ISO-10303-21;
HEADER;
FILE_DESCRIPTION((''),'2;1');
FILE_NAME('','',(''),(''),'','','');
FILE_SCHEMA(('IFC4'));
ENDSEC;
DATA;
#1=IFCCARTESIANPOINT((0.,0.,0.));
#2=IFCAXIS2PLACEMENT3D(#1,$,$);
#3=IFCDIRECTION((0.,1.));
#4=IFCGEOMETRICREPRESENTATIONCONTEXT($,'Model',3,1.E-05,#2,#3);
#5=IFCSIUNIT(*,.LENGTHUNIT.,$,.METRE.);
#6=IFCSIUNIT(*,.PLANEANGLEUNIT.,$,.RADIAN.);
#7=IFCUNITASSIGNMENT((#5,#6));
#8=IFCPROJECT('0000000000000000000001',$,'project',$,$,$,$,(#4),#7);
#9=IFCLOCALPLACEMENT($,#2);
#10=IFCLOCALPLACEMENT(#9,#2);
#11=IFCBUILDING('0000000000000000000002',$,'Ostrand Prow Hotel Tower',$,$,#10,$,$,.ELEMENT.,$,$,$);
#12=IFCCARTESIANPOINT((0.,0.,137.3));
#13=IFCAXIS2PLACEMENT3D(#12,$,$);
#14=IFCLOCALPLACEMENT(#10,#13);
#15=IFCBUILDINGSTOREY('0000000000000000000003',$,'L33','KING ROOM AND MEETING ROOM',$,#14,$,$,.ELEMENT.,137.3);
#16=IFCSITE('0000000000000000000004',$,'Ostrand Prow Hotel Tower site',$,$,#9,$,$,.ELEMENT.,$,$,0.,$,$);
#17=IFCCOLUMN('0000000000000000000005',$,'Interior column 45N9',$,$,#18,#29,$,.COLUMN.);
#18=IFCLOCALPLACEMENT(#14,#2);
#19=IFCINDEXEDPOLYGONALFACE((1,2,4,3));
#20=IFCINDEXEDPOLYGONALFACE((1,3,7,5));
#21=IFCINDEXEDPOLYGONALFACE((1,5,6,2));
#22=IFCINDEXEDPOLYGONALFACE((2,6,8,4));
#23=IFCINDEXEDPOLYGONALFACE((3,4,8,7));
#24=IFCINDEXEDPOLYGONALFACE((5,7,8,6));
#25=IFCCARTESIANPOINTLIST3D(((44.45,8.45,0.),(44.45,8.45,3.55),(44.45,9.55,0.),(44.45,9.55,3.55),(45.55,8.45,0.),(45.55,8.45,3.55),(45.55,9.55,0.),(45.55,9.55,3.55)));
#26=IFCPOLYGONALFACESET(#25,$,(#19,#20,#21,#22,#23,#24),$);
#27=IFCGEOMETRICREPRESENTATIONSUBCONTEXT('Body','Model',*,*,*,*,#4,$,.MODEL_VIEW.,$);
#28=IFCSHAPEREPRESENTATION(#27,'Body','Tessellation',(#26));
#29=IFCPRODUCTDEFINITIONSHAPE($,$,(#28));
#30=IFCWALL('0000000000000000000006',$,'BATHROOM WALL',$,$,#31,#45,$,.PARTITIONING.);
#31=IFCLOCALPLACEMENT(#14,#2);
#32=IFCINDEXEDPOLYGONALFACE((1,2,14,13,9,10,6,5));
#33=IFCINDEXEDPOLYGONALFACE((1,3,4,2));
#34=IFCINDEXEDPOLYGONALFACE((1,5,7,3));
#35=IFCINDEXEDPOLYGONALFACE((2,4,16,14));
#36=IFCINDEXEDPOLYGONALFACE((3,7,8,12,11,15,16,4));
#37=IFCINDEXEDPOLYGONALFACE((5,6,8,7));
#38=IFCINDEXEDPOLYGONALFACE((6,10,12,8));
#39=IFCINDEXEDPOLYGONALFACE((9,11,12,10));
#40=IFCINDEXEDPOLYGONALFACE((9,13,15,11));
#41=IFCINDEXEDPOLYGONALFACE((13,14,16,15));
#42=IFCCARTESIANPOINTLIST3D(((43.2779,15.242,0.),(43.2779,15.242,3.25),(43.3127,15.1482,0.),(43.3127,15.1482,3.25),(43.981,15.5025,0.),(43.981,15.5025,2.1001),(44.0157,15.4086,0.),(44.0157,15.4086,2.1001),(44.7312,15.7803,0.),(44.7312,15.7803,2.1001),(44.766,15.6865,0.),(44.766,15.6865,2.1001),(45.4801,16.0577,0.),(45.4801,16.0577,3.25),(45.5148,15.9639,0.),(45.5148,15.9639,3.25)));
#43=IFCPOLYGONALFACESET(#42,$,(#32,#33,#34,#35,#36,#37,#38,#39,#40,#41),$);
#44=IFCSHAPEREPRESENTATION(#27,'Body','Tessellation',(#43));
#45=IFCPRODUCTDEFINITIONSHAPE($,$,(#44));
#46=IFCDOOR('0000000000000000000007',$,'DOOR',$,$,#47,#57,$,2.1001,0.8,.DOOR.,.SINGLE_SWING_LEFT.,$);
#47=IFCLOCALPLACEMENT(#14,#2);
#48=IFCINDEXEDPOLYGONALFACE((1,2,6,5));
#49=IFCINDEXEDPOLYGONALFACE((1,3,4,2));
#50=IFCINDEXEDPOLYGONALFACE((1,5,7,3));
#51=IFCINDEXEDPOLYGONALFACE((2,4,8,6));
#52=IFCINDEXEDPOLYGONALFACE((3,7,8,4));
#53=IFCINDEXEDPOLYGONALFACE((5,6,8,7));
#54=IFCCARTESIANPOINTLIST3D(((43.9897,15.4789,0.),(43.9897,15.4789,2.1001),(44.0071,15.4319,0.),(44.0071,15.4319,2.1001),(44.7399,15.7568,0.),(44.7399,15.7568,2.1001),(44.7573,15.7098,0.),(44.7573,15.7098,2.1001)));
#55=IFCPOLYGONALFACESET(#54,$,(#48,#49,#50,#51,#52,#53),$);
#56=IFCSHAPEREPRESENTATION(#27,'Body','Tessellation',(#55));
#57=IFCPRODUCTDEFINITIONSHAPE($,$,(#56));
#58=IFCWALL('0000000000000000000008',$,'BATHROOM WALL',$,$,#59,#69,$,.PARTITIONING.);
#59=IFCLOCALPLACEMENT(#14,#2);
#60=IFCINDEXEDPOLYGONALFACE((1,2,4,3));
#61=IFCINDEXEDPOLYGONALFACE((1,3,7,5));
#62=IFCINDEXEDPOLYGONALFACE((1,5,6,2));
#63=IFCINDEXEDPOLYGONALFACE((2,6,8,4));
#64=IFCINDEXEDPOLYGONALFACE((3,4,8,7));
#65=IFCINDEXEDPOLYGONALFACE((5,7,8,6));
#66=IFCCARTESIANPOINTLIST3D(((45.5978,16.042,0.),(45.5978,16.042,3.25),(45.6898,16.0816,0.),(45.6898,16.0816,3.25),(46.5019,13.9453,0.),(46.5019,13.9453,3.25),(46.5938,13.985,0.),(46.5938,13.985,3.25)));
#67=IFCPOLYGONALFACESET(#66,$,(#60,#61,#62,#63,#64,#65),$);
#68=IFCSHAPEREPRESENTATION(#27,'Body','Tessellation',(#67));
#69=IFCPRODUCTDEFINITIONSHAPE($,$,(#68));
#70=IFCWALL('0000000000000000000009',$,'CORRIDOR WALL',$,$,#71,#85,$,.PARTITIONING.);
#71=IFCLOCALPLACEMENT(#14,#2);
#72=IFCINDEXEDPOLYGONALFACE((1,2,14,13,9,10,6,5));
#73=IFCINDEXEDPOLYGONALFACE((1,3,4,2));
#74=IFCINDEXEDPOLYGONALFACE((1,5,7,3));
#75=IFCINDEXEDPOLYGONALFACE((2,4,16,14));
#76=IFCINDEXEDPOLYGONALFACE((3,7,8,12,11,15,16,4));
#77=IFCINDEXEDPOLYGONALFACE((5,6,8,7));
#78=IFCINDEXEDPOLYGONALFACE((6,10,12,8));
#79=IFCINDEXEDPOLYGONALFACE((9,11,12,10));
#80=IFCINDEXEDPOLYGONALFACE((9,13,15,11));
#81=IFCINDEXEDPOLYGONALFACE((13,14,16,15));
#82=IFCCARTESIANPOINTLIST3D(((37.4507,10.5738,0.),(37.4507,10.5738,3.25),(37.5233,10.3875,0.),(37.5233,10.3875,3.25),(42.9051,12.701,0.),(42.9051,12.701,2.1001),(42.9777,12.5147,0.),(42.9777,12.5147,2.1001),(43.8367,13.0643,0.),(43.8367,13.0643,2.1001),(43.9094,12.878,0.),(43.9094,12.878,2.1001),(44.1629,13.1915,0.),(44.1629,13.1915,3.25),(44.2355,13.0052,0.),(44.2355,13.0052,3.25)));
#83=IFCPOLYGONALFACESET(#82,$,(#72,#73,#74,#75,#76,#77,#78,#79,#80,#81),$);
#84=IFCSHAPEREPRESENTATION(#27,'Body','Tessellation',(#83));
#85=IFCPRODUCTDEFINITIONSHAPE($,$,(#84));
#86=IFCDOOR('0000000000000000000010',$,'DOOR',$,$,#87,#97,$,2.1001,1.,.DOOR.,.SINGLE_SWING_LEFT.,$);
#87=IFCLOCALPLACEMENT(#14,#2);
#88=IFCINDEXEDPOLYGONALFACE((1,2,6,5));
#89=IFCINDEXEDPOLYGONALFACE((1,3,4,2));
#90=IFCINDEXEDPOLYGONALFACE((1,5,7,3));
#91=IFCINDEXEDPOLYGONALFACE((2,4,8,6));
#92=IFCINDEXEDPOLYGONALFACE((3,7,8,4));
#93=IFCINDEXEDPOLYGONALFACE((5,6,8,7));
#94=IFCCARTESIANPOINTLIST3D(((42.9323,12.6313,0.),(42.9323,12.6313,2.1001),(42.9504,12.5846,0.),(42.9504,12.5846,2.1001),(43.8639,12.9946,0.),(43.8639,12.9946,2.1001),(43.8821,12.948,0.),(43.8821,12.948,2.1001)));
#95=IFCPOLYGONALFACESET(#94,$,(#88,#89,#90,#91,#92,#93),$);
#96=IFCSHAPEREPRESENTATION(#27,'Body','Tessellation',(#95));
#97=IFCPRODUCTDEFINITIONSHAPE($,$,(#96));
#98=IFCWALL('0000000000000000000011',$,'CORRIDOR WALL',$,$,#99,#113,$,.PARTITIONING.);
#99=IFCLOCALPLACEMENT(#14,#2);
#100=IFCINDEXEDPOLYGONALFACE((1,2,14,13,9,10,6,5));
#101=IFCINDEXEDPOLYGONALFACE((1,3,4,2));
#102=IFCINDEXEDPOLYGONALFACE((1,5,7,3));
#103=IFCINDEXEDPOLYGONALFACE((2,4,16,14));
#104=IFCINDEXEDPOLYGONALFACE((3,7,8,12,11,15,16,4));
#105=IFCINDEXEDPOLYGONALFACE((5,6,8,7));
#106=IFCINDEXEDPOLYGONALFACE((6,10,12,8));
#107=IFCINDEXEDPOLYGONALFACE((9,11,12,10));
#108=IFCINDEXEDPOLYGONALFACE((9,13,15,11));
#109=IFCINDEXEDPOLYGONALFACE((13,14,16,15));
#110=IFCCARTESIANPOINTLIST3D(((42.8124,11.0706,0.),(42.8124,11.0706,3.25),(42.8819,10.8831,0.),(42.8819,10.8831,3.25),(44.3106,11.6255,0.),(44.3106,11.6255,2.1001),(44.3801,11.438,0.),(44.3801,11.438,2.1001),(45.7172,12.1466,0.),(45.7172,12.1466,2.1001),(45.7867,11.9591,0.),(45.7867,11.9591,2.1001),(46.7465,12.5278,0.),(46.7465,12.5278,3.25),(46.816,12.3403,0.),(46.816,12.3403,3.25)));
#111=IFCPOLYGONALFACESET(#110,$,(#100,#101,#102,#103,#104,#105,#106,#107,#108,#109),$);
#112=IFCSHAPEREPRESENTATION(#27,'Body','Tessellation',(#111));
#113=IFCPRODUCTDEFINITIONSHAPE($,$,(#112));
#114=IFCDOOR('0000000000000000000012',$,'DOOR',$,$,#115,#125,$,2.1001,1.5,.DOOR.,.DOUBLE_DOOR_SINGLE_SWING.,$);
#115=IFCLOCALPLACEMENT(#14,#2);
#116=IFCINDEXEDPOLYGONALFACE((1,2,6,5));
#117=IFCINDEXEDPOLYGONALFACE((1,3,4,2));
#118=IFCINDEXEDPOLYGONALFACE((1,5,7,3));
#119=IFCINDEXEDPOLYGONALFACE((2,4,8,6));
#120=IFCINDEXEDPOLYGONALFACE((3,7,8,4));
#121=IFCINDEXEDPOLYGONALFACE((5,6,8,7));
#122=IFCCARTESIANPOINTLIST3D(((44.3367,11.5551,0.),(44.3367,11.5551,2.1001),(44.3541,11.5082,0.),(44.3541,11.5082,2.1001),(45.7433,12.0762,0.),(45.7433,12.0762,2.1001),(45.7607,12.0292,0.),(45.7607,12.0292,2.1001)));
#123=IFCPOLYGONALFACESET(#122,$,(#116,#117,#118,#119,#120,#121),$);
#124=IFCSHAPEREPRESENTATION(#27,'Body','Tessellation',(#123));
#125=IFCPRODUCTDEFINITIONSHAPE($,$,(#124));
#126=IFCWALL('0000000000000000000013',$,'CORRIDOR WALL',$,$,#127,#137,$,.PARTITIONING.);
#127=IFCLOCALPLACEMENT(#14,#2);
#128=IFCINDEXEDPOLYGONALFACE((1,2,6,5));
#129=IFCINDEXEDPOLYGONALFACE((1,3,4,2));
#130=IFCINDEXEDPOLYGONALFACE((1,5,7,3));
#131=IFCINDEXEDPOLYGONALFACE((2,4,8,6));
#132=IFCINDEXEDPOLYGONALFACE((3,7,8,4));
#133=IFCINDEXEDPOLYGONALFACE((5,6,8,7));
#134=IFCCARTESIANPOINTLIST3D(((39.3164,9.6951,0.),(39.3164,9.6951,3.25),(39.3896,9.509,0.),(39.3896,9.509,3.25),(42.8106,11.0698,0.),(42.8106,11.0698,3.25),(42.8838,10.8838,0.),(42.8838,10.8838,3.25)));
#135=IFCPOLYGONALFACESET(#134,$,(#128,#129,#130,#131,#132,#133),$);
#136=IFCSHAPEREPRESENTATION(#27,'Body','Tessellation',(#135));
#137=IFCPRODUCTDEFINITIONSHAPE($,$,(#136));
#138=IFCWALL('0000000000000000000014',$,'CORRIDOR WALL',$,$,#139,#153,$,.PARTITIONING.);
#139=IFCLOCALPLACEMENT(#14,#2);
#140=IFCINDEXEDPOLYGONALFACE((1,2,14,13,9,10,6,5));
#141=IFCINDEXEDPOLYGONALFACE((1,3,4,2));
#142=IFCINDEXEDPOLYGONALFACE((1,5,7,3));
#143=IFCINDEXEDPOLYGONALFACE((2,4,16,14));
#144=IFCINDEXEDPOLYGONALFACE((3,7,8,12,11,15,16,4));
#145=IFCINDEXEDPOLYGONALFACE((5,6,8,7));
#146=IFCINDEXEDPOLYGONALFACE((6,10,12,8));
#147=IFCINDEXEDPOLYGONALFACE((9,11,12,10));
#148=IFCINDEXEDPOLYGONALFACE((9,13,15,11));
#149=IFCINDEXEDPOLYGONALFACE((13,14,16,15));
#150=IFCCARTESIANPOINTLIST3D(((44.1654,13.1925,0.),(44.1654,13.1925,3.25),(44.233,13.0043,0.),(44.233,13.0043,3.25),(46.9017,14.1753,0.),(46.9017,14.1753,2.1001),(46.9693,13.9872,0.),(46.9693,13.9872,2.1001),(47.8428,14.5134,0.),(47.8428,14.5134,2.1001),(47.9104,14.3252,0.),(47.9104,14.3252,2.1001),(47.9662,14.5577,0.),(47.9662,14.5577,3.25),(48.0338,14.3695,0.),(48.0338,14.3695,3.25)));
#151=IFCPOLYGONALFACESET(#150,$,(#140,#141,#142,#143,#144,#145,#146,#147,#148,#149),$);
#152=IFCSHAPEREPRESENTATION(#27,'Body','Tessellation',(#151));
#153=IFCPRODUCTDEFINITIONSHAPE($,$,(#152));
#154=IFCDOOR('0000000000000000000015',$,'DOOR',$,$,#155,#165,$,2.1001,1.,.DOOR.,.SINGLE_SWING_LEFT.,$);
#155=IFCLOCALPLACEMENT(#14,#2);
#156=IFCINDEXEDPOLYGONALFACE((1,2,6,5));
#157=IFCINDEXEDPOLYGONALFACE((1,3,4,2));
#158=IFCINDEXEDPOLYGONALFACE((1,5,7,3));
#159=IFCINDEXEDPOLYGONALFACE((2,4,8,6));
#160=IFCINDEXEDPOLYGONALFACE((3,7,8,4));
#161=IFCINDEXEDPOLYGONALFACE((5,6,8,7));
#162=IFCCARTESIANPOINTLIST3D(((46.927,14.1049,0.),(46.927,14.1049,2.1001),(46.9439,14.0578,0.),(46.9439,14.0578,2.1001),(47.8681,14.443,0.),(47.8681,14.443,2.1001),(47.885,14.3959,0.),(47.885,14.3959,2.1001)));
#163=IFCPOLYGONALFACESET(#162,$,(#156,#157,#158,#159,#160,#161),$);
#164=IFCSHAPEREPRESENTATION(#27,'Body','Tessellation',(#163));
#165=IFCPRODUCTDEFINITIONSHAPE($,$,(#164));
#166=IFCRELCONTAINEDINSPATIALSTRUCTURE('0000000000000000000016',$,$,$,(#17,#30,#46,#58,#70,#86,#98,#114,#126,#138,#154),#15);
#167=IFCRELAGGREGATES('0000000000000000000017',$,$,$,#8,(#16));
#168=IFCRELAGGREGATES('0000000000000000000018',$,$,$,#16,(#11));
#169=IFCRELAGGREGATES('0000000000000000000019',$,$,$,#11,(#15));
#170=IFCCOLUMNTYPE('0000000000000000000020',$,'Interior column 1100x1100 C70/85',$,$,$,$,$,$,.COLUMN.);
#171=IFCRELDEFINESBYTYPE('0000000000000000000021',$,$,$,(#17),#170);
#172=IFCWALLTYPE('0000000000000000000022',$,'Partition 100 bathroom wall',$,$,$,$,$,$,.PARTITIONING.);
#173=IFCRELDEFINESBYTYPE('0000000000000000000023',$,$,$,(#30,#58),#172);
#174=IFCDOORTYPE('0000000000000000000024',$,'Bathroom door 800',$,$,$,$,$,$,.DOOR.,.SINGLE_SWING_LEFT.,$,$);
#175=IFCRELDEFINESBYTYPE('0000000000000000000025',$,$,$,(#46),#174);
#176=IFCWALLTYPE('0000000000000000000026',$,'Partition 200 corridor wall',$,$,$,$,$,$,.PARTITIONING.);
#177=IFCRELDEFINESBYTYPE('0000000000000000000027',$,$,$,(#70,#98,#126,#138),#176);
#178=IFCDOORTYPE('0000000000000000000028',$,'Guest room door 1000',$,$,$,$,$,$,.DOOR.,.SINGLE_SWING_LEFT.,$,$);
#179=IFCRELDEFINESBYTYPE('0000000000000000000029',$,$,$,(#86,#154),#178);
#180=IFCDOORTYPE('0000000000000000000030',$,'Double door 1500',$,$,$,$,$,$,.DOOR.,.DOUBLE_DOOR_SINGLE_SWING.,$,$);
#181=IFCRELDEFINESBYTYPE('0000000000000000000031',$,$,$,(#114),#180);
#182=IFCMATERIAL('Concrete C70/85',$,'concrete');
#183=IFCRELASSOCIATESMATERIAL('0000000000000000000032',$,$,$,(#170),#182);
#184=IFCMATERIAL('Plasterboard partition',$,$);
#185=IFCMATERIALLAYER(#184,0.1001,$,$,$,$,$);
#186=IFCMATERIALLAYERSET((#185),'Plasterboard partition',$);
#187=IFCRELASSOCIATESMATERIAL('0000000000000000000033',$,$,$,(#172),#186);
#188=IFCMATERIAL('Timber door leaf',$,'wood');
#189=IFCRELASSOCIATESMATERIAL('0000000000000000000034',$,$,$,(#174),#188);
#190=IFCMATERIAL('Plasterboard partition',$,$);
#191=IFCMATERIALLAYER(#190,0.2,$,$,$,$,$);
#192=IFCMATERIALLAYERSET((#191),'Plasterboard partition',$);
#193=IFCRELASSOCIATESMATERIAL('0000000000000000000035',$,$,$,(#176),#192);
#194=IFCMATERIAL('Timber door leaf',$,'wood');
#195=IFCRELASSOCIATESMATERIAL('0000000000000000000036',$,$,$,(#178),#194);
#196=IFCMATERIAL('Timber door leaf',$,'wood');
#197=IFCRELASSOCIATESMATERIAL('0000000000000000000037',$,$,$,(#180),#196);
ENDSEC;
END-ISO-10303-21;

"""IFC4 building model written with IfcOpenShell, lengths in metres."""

from ifc_helpers import new_model, si_unit, direction, frame, frame_2d, origin, origin_2d, place, context, subcontext, project, spatial, rectangle, extrude, material, layer, layer_set, material_profile, profile_set, type_object, element, fill, save


model = new_model("IFC4")

# Units and contexts
model_context = context("Model", 3, precision=1e-05, world=origin(), true_north=direction((0.0, 1.0)))
body_context = subcontext(model_context, "Body", "Model", "MODEL_VIEW")
ifc_project = project(units=[si_unit("LENGTHUNIT", "METRE"), si_unit("PLANEANGLEUNIT", "RADIAN")], contexts=[model_context])

# Site, building, storey
site_placement = place(None, origin())
site = spatial("IfcSite", under=ifc_project, at=site_placement, Name="Ostrand Prow Hotel Tower site", CompositionType="ELEMENT", RefElevation=0.0)
building_placement = place(site_placement, origin())
building = spatial("IfcBuilding", under=site, at=building_placement, Name="Ostrand Prow Hotel Tower", CompositionType="ELEMENT")
storey_placement = place(building_placement, frame((0.0, 0.0, 137.3)))
storey = spatial("IfcBuildingStorey", under=building, at=storey_placement, Name="L33", Description="KING ROOM AND MEETING ROOM", CompositionType="ELEMENT", Elevation=137.3)

# Column
ifc_material_1 = material(Name="Concrete C70/85", Category="concrete")
ifc_material_profile = material_profile(ifc_material_1, rectangle(XDim=1.1001, YDim=1.1001, at=origin_2d()), Name="RC 1100x1100")
ifc_profile_set = profile_set([ifc_material_profile], Name="Concrete C70/85")
column_type = type_object("IfcColumnType", Name="Interior column 1100x1100 C70/85", PredefinedType="COLUMN", material=ifc_profile_set)
column_placement = place(storey_placement, frame((45.0, 9.0, 0.0), z_axis=(0.0, 0.0, 1.0), x_axis=(1.0, 0.0, 0.0)))
element("IfcColumn", 1, at=column_placement, inside=storey, type_object=column_type, Name="Interior column 45N9", PredefinedType="COLUMN", context=body_context, shape_type="SweptSolid", body=[
    extrude(rectangle(XDim=1.1001, YDim=1.1001, at=origin_2d()), origin(), (0.0, 0.0, 1.0), 3.55),
])

# Wall, opening, door
ifc_material_2 = material(Name="Plasterboard partition")
ifc_layer_1 = layer(ifc_material_2, 0.1001)
ifc_layer_set_1 = layer_set([ifc_layer_1], Name="Plasterboard partition")
wall_type_1 = type_object("IfcWallType", Name="Partition 100 bathroom wall", PredefinedType="PARTITIONING", material=ifc_layer_set_1)
wall_1_placement = place(storey_placement, frame((43.2952, 15.1951, 0.0), z_axis=(0.0, 0.0, 1.0), x_axis=(0.93774, 0.347338, 0.0)))
wall_1 = element("IfcWall", 2, at=wall_1_placement, inside=storey, type_object=wall_type_1, Name="BATHROOM WALL", PredefinedType="PARTITIONING", context=body_context, shape_type="SweptSolid", body=[
    extrude(rectangle(XDim=2.3484, YDim=0.1001, at=frame_2d((1.1743, 0.0))), origin(), (0.0, 0.0, 1.0), 3.25),
])
opening_1_placement = place(wall_1_placement, frame((0.75, 0.0, 0.0)))
opening_1 = element("IfcOpeningElement", 3, at=opening_1_placement, cuts=wall_1, PredefinedType="OPENING", context=body_context, shape_type="SweptSolid", body=[
    extrude(rectangle(XDim=0.8, YDim=2.1001, at=frame_2d((0.3999, 1.05))), frame((0.0, 0.0601, 0.0), z_axis=(0.0, -1.0, 0.0), x_axis=(1.0, 0.0, 0.0)), (0.0, 0.0, 1.0), 0.1201),
])
ifc_material_3 = material(Name="Timber door leaf", Category="wood")
door_type_1 = type_object("IfcDoorType", Name="Bathroom door 800", OperationType="SINGLE_SWING_LEFT", PredefinedType="DOOR", material=ifc_material_3)
door_1_placement = place(opening_1_placement, origin())
door_1 = element("IfcDoor", 4, at=door_1_placement, inside=storey, type_object=door_type_1, Name="DOOR", OperationType="SINGLE_SWING_LEFT", OverallHeight=2.1001, OverallWidth=0.8, PredefinedType="DOOR", context=body_context, shape_type="SweptSolid", body=[
    extrude(rectangle(XDim=0.8, YDim=2.1001, at=frame_2d((0.3999, 1.05))), frame((0.0, 0.0249, 0.0), z_axis=(0.0, -1.0, 0.0), x_axis=(1.0, 0.0, 0.0)), (0.0, 0.0, 1.0), 0.05),
])
fill(opening_1, door_1)

# Wall
wall_2_placement = place(storey_placement, frame((45.6438, 16.0618, 0.0), z_axis=(0.0, 0.0, 1.0), x_axis=(0.395944, -0.918274, 0.0)))
element("IfcWall", 5, at=wall_2_placement, inside=storey, type_object=wall_type_1, Name="BATHROOM WALL", PredefinedType="PARTITIONING", context=body_context, shape_type="SweptSolid", body=[
    extrude(rectangle(XDim=2.2832, YDim=0.1001, at=frame_2d((1.1416, 0.0))), origin(), (0.0, 0.0, 1.0), 3.25),
])

# Walls, openings, doors
ifc_material_4 = material(Name="Plasterboard partition")
ifc_layer_2 = layer(ifc_material_4, 0.2)
ifc_layer_set_2 = layer_set([ifc_layer_2], Name="Plasterboard partition")
wall_type_2 = type_object("IfcWallType", Name="Partition 200 corridor wall", PredefinedType="PARTITIONING", material=ifc_layer_set_2)
wall_3_placement = place(storey_placement, frame((44.1992, 13.0984, 0.0), z_axis=(0.0, 0.0, 1.0), x_axis=(-0.931658, -0.363337, 0.0)))
wall_3 = element("IfcWall", 6, at=wall_3_placement, inside=storey, type_object=wall_type_2, Name="CORRIDOR WALL", PredefinedType="PARTITIONING", context=body_context, shape_type="SweptSolid", body=[
    extrude(rectangle(XDim=7.2046, YDim=0.2, at=frame_2d((3.6023, 0.0))), origin(), (0.0, 0.0, 1.0), 3.25),
])
opening_2_placement = place(wall_3_placement, frame((0.3501, 0.0, 0.0)))
opening_2 = element("IfcOpeningElement", 7, at=opening_2_placement, cuts=wall_3, PredefinedType="OPENING", context=body_context, shape_type="SweptSolid", body=[
    extrude(rectangle(XDim=1.0, YDim=2.1001, at=frame_2d((0.5, 1.05))), frame((0.0, 0.1099, 0.0), z_axis=(0.0, -1.0, 0.0), x_axis=(1.0, 0.0, 0.0)), (0.0, 0.0, 1.0), 0.22),
])
ifc_material_5 = material(Name="Timber door leaf", Category="wood")
door_type_2 = type_object("IfcDoorType", Name="Guest room door 1000", OperationType="SINGLE_SWING_LEFT", PredefinedType="DOOR", material=ifc_material_5)
door_2_placement = place(opening_2_placement, origin())
door_2 = element("IfcDoor", 8, at=door_2_placement, inside=storey, type_object=door_type_2, Name="DOOR", OperationType="SINGLE_SWING_LEFT", OverallHeight=2.1001, OverallWidth=1.0, PredefinedType="DOOR", context=body_context, shape_type="SweptSolid", body=[
    extrude(rectangle(XDim=1.0, YDim=2.1001, at=frame_2d((0.5, 1.05))), frame((0.0, 0.0249, 0.0), z_axis=(0.0, -1.0, 0.0), x_axis=(1.0, 0.0, 0.0)), (0.0, 0.0, 1.0), 0.05),
])
fill(opening_2, door_2)
wall_4_placement = place(storey_placement, frame((42.8472, 10.9768, 0.0), z_axis=(0.0, 0.0, 1.0), x_axis=(0.937733, 0.347358, 0.0)))
wall_4 = element("IfcWall", 9, at=wall_4_placement, inside=storey, type_object=wall_type_2, Name="CORRIDOR WALL", PredefinedType="PARTITIONING", context=body_context, shape_type="SweptSolid", body=[
    extrude(rectangle(XDim=4.1953, YDim=0.2, at=frame_2d((2.0977, 0.0))), origin(), (0.0, 0.0, 1.0), 3.25),
])
opening_3_placement = place(wall_4_placement, frame((1.5977, 0.0, 0.0)))
opening_3 = element("IfcOpeningElement", 10, at=opening_3_placement, cuts=wall_4, PredefinedType="OPENING", context=body_context, shape_type="SweptSolid", body=[
    extrude(rectangle(XDim=1.5, YDim=2.1001, at=frame_2d((0.75, 1.05))), frame((0.0, 0.1099, 0.0), z_axis=(0.0, -1.0, 0.0), x_axis=(1.0, 0.0, 0.0)), (0.0, 0.0, 1.0), 0.22),
])
ifc_material_6 = material(Name="Timber door leaf", Category="wood")
door_type_3 = type_object("IfcDoorType", Name="Double door 1500", OperationType="DOUBLE_DOOR_SINGLE_SWING", PredefinedType="DOOR", material=ifc_material_6)
door_3_placement = place(opening_3_placement, origin())
door_3 = element("IfcDoor", 11, at=door_3_placement, inside=storey, type_object=door_type_3, Name="DOOR", OperationType="DOUBLE_DOOR_SINGLE_SWING", OverallHeight=2.1001, OverallWidth=1.5, PredefinedType="DOOR", context=body_context, shape_type="SweptSolid", body=[
    extrude(rectangle(XDim=1.5, YDim=2.1001, at=frame_2d((0.75, 1.05))), frame((0.0, 0.0249, 0.0), z_axis=(0.0, -1.0, 0.0), x_axis=(1.0, 0.0, 0.0)), (0.0, 0.0, 1.0), 0.05),
])
fill(opening_3, door_3)

# Wall
wall_5_placement = place(storey_placement, frame((39.353, 9.6021, 0.0), z_axis=(0.0, 0.0, 1.0), x_axis=(0.930565, 0.366127, 0.0)))
element("IfcWall", 12, at=wall_5_placement, inside=storey, type_object=wall_type_2, Name="CORRIDOR WALL", PredefinedType="PARTITIONING", context=body_context, shape_type="SweptSolid", body=[
    extrude(rectangle(XDim=3.7549, YDim=0.2, at=frame_2d((1.8774, 0.0))), origin(), (0.0, 0.0, 1.0), 3.25),
])

# Wall, opening, door
wall_6_placement = place(storey_placement, frame((48.0, 14.4636, 0.0), z_axis=(0.0, 0.0, 1.0), x_axis=(-0.941128, -0.338051, 0.0)))
wall_6 = element("IfcWall", 13, at=wall_6_placement, inside=storey, type_object=wall_type_2, Name="CORRIDOR WALL", PredefinedType="PARTITIONING", context=body_context, shape_type="SweptSolid", body=[
    extrude(rectangle(XDim=4.0386, YDim=0.2, at=frame_2d((2.0193, 0.0))), origin(), (0.0, 0.0, 1.0), 3.25),
])
opening_4_placement = place(wall_6_placement, frame((0.1311, 0.0, 0.0)))
opening_4 = element("IfcOpeningElement", 14, at=opening_4_placement, cuts=wall_6, PredefinedType="OPENING", context=body_context, shape_type="SweptSolid", body=[
    extrude(rectangle(XDim=1.0, YDim=2.1001, at=frame_2d((0.5, 1.05))), frame((0.0, 0.1099, 0.0), z_axis=(0.0, -1.0, 0.0), x_axis=(1.0, 0.0, 0.0)), (0.0, 0.0, 1.0), 0.22),
])
door_4_placement = place(opening_4_placement, origin())
door_4 = element("IfcDoor", 15, at=door_4_placement, inside=storey, type_object=door_type_2, Name="DOOR", OperationType="SINGLE_SWING_LEFT", OverallHeight=2.1001, OverallWidth=1.0, PredefinedType="DOOR", context=body_context, shape_type="SweptSolid", body=[
    extrude(rectangle(XDim=1.0, YDim=2.1001, at=frame_2d((0.5, 1.05))), frame((0.0, 0.0249, 0.0), z_axis=(0.0, -1.0, 0.0), x_axis=(1.0, 0.0, 0.0)), (0.0, 0.0, 1.0), 0.05),
])
fill(opening_4, door_4)

save(model, "model.ifc")
